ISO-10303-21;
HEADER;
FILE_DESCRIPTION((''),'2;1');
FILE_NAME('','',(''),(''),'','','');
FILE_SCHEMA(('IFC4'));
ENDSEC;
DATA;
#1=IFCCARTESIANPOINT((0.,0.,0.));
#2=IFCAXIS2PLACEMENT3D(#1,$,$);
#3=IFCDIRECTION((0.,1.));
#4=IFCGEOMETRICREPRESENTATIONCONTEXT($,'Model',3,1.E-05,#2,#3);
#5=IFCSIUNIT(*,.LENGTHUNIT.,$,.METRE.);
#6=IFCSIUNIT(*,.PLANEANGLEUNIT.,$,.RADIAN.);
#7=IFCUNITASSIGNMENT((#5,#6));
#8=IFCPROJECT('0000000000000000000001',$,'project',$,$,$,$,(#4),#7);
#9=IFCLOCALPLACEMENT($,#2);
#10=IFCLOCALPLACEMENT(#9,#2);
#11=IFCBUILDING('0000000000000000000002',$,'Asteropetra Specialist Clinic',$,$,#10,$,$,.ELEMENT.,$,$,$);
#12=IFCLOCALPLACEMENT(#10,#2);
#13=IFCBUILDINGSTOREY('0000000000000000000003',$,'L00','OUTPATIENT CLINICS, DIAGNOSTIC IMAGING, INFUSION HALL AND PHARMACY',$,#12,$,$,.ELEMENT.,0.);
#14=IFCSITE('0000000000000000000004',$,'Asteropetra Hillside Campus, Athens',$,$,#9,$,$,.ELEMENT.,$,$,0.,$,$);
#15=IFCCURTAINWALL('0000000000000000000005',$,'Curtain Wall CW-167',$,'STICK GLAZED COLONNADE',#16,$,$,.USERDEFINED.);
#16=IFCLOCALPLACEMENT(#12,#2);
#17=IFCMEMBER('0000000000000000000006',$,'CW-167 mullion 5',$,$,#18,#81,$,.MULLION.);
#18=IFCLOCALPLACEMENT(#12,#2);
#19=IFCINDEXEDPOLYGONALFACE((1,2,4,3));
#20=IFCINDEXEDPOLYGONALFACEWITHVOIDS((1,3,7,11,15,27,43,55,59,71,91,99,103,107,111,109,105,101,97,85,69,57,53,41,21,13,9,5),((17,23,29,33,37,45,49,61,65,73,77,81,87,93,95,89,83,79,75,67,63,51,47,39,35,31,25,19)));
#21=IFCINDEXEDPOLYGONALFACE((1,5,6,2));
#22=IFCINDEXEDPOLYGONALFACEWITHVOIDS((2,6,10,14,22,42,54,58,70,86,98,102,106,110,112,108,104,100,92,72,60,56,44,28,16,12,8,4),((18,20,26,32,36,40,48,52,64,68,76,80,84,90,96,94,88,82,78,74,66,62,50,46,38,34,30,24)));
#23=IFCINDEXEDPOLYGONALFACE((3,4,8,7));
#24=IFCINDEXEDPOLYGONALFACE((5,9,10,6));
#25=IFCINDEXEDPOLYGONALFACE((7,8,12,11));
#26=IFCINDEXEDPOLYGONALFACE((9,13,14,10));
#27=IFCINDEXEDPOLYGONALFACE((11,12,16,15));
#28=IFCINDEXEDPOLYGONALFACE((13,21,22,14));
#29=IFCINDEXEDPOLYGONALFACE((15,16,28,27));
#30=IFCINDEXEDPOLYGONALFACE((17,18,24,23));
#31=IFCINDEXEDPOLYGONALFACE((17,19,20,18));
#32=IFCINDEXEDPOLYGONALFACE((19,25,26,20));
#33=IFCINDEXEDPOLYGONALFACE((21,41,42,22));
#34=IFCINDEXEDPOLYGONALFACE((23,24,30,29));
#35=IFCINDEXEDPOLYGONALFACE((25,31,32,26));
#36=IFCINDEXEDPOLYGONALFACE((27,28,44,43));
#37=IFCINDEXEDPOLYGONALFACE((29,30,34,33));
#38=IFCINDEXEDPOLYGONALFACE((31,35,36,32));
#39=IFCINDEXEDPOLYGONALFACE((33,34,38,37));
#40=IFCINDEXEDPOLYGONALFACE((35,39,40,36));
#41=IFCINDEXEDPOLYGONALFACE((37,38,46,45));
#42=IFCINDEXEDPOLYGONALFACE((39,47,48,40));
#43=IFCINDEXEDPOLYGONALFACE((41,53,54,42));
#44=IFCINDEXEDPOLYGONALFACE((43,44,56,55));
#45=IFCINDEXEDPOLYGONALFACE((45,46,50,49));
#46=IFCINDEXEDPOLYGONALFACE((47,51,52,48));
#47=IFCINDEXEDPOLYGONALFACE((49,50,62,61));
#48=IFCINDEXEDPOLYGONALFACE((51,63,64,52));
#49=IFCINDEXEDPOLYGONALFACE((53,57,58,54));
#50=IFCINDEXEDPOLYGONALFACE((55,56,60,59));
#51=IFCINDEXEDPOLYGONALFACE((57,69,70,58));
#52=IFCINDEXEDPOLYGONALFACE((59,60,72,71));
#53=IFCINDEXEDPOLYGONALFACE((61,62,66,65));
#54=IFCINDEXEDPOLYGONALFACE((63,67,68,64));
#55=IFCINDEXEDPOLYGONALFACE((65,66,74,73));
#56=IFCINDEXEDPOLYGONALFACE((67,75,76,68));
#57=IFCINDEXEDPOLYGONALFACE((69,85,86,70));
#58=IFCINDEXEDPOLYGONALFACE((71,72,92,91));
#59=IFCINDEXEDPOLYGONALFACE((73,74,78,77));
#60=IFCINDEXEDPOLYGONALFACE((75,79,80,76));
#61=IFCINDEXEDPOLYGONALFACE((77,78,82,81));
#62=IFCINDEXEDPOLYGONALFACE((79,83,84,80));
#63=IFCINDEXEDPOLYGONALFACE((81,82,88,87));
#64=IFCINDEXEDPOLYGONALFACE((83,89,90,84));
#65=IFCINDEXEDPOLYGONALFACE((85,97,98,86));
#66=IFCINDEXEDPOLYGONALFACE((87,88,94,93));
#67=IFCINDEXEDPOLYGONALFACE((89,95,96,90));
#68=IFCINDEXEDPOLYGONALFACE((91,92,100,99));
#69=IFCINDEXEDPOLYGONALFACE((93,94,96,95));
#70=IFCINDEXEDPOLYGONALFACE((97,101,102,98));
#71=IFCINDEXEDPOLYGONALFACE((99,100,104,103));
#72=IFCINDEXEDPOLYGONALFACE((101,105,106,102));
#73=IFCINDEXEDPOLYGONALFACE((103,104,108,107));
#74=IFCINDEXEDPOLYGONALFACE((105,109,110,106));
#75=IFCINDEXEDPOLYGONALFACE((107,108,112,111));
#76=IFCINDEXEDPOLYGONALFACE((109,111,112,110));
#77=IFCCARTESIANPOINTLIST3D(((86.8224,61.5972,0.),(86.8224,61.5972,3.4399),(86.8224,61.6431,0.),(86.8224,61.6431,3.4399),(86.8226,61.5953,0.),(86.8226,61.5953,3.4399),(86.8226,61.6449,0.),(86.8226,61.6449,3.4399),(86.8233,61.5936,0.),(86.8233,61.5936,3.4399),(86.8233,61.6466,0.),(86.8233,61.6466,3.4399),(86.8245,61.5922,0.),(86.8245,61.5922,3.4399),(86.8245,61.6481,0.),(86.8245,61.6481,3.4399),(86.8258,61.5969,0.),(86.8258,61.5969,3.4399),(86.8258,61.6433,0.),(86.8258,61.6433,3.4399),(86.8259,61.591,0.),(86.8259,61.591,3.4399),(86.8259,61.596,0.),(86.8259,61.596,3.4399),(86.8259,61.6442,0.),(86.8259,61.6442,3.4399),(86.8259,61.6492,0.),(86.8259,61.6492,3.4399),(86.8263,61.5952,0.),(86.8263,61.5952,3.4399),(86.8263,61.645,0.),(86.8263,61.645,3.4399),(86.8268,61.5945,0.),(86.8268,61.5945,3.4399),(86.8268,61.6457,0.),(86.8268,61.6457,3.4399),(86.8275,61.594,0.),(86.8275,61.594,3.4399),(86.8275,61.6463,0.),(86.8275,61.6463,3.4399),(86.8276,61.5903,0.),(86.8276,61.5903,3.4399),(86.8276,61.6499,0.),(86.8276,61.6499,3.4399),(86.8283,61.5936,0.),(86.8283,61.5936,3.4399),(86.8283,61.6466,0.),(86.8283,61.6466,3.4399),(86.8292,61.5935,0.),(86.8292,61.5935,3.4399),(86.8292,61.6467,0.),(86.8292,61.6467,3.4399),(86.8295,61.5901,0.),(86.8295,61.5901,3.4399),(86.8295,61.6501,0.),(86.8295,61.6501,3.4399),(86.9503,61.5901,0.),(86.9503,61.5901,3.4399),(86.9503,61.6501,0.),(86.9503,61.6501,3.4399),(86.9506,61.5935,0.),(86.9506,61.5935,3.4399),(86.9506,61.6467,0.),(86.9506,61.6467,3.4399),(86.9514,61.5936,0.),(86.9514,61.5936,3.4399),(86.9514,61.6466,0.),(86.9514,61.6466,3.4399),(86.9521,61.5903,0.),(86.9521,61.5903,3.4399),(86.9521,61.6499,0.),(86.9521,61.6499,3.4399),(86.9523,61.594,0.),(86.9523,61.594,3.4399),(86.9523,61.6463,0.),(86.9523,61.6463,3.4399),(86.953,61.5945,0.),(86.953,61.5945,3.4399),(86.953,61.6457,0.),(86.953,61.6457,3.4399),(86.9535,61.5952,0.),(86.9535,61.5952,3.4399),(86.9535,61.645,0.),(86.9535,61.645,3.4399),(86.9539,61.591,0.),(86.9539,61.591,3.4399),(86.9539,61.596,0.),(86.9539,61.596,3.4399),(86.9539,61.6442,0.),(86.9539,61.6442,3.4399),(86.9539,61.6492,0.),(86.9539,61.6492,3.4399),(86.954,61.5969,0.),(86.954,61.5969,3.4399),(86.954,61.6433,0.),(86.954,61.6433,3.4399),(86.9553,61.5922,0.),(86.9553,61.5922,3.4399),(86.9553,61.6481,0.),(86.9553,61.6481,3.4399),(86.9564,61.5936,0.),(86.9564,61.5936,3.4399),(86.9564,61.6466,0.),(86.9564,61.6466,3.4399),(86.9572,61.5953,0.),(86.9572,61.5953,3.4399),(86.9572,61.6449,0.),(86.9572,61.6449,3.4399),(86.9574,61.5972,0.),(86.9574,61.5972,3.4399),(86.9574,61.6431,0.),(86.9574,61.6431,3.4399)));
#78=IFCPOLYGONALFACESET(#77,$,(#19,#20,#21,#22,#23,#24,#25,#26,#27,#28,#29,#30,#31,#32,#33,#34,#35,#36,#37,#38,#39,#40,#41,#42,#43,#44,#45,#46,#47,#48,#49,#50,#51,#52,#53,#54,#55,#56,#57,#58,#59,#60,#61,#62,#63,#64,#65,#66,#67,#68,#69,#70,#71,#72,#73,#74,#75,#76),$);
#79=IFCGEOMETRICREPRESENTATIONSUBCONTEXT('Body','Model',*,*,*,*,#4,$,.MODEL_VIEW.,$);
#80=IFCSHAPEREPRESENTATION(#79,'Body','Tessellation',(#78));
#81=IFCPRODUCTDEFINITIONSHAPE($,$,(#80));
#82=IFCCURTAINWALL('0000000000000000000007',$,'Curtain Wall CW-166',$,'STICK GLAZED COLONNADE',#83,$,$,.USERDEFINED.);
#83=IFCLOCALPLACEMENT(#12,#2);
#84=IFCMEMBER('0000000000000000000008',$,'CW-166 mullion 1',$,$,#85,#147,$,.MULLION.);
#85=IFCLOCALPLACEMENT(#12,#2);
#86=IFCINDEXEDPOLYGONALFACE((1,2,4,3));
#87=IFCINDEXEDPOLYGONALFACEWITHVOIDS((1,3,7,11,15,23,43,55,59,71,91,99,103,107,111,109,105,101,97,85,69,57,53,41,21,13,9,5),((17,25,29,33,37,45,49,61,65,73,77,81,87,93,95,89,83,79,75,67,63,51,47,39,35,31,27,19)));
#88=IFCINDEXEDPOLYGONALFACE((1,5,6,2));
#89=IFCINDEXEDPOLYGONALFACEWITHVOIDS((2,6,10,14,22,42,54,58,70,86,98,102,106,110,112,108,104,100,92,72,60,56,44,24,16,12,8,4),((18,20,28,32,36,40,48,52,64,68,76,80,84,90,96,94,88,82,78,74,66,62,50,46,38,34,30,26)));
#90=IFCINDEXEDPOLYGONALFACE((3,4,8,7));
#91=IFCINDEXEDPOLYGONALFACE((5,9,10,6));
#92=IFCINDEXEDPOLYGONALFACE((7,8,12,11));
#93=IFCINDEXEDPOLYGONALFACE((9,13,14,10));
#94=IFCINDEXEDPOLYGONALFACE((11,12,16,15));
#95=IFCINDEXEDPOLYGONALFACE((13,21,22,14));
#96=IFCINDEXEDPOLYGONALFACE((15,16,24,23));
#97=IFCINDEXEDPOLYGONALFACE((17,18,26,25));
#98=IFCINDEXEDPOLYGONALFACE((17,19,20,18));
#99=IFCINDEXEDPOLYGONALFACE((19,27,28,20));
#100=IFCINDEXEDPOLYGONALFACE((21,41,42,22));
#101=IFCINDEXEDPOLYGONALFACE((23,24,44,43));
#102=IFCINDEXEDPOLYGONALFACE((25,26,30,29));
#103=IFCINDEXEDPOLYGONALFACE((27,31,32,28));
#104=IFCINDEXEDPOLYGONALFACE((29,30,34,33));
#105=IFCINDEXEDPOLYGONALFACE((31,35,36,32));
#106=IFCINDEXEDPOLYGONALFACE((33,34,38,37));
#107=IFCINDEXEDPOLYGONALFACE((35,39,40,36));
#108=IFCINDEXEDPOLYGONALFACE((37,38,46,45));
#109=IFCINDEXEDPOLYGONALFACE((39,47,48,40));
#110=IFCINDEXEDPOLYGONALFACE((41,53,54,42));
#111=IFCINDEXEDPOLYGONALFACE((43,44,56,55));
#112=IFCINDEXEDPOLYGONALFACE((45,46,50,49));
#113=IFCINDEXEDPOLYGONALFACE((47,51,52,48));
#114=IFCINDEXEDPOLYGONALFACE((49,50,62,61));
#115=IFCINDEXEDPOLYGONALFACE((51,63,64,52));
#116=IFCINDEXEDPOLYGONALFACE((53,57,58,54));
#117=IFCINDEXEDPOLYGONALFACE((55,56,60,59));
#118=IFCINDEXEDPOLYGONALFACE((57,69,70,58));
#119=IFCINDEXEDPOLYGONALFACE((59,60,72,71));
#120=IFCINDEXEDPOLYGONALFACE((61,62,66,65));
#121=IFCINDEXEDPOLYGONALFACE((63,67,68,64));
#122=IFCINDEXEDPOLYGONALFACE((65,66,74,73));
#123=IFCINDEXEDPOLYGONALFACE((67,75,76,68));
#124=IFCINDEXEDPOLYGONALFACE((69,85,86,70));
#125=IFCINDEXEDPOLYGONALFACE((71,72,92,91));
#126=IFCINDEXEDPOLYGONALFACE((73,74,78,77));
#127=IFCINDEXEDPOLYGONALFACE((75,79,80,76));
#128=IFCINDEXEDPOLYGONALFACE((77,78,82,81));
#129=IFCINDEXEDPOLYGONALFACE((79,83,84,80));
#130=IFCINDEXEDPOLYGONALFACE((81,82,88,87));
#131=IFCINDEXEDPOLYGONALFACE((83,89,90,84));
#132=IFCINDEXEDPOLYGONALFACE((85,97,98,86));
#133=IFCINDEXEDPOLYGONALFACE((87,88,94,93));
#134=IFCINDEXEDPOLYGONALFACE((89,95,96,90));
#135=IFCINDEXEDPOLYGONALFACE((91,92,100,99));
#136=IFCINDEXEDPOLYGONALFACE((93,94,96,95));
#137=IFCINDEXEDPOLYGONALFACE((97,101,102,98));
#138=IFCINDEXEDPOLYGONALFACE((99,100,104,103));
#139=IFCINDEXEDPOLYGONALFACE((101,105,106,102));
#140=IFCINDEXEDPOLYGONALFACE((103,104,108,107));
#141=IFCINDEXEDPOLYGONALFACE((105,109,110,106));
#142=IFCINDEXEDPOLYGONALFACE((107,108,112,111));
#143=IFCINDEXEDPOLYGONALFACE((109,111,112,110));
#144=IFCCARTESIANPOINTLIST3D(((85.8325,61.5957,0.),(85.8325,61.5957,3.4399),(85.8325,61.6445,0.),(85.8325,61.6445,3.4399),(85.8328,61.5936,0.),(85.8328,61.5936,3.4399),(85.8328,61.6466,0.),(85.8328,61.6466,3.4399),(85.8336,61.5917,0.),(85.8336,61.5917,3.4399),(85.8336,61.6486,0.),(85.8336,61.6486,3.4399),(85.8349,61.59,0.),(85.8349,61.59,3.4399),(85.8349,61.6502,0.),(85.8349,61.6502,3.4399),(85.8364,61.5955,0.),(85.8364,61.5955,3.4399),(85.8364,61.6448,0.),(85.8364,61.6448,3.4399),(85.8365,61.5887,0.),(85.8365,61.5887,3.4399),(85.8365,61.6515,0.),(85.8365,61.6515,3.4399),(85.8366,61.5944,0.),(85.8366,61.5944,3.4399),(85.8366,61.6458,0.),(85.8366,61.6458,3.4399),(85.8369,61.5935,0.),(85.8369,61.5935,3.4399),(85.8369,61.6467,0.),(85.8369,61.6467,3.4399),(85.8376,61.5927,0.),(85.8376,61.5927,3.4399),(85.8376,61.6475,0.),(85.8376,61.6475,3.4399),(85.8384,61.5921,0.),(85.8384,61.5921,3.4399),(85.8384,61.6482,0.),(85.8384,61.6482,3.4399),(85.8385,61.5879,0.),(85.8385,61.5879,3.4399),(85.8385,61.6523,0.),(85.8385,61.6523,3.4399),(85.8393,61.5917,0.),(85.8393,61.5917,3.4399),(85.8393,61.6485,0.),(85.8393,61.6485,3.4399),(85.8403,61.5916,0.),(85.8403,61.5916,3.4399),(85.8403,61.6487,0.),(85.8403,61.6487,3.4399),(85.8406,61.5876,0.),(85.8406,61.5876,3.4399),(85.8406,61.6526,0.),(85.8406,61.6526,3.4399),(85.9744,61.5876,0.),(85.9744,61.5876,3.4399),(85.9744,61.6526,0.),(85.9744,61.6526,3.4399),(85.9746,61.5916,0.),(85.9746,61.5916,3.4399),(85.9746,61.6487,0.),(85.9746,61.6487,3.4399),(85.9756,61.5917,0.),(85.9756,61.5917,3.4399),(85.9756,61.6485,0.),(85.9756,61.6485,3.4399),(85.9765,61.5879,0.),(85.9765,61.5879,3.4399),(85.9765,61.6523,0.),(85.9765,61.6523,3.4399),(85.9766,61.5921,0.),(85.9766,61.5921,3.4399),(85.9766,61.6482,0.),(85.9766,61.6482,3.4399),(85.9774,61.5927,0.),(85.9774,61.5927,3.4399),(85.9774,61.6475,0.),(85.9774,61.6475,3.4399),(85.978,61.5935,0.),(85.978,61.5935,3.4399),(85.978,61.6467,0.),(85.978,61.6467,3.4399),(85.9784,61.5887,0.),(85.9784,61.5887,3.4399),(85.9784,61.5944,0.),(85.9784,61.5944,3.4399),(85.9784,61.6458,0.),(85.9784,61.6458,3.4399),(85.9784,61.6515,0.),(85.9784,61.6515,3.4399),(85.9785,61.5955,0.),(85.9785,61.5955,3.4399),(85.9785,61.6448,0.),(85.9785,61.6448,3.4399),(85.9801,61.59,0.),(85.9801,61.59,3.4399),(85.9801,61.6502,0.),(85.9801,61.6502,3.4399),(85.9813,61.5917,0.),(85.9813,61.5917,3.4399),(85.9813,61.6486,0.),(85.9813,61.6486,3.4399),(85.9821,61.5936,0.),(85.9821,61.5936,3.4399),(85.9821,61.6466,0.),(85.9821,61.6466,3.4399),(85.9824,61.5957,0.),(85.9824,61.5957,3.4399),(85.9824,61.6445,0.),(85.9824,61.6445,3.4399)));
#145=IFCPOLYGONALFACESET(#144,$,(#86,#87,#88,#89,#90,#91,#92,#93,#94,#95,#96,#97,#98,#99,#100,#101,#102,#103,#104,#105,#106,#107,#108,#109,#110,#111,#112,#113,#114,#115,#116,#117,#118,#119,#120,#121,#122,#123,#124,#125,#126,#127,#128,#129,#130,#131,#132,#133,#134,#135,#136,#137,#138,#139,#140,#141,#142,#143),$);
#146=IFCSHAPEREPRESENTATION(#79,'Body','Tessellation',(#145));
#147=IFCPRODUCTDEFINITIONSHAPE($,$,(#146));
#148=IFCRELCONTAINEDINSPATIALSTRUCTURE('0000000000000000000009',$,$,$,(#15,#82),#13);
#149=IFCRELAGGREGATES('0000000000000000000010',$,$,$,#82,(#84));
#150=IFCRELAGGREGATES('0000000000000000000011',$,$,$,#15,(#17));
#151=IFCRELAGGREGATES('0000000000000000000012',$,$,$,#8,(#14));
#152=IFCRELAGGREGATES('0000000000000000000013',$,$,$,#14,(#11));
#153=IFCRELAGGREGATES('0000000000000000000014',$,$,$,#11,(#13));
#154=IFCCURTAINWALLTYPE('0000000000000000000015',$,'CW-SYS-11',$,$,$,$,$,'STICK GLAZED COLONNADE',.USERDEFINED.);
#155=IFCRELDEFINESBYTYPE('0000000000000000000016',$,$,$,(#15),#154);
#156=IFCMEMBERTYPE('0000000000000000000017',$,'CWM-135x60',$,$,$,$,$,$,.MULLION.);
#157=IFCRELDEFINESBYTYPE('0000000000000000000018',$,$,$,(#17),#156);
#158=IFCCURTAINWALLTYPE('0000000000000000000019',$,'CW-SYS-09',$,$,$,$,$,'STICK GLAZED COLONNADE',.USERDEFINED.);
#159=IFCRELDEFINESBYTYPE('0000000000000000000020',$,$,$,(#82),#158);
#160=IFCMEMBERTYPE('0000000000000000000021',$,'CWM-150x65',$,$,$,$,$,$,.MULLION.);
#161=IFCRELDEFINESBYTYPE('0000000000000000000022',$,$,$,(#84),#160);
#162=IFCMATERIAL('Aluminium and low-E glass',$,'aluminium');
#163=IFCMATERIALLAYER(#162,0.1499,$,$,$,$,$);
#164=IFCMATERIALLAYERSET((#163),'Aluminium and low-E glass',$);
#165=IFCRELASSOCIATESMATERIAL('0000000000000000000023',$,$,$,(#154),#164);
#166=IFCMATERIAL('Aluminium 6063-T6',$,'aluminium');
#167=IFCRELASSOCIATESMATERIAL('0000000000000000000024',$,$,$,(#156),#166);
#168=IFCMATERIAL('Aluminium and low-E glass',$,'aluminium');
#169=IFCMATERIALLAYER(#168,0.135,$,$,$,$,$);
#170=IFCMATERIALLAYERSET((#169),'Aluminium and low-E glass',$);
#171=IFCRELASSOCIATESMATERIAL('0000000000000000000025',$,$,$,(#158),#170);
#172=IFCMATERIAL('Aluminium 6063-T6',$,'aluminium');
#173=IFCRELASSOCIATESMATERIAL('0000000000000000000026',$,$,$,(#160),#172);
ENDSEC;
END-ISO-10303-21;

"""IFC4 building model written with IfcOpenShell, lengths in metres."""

from ifc_helpers import new_model, si_unit, direction, frame, origin, origin_2d, place, context, subcontext, project, spatial, hollow_rectangle, extrude, material, layer, layer_set, material_profile, profile_set, type_object, element, aggregate, save


model = new_model("IFC4")

# Units and contexts
model_context = context("Model", 3, precision=1e-05, world=origin(), true_north=direction((0.0, 1.0)))
body_context = subcontext(model_context, "Body", "Model", "MODEL_VIEW")
ifc_project = project(units=[si_unit("LENGTHUNIT", "METRE"), si_unit("PLANEANGLEUNIT", "RADIAN")], contexts=[model_context])

# Site, building, storey
site_placement = place(None, origin())
site = spatial("IfcSite", under=ifc_project, at=site_placement, Name="Asteropetra Hillside Campus, Athens", CompositionType="ELEMENT", RefElevation=0.0)
building_placement = place(site_placement, origin())
building = spatial("IfcBuilding", under=site, at=building_placement, Name="Asteropetra Specialist Clinic", CompositionType="ELEMENT")
storey_placement = place(building_placement, origin())
storey = spatial("IfcBuildingStorey", under=building, at=storey_placement, Name="L00", Description="OUTPATIENT CLINICS, DIAGNOSTIC IMAGING, INFUSION HALL AND PHARMACY", CompositionType="ELEMENT", Elevation=0.0)

# Curtain wall, member
ifc_material_1 = material(Name="Aluminium and low-E glass", Category="aluminium")
ifc_layer_1 = layer(ifc_material_1, 0.1499)
ifc_layer_set_1 = layer_set([ifc_layer_1], Name="Aluminium and low-E glass")
curtain_wall_type_1 = type_object("IfcCurtainWallType", Name="CW-SYS-11", ElementType="STICK GLAZED COLONNADE", PredefinedType="USERDEFINED", material=ifc_layer_set_1)
curtain_wall_1_placement = place(storey_placement, origin())
curtain_wall_1 = element("IfcCurtainWall", 1, at=curtain_wall_1_placement, inside=storey, type_object=curtain_wall_type_1, Name="Curtain Wall CW-167", ObjectType="STICK GLAZED COLONNADE", PredefinedType="USERDEFINED")
ifc_material_2 = material(Name="Aluminium 6063-T6", Category="aluminium")
ifc_material_profile_1 = material_profile(ifc_material_2, hollow_rectangle(XDim=0.0601, YDim=0.135, WallThickness=0.0034, InnerFilletRadius=0.0034, OuterFilletRadius=0.0071, at=origin_2d()), Name="MUL 135x60x3.5")
ifc_profile_set_1 = profile_set([ifc_material_profile_1], Name="Aluminium 6063-T6")
member_type_1 = type_object("IfcMemberType", Name="CWM-135x60", PredefinedType="MULLION", material=ifc_profile_set_1)
member_1_placement = place(storey_placement, frame((86.8899, 61.6201, 0.0), z_axis=(0.0, 0.0, 1.0), x_axis=(0.0, -1.0, 0.0)))
member_1 = element("IfcMember", 2, at=member_1_placement, type_object=member_type_1, Name="CW-167 mullion 5", PredefinedType="MULLION", context=body_context, shape_type="SweptSolid", body=[
    extrude(hollow_rectangle(XDim=0.0601, YDim=0.135, WallThickness=0.0034, InnerFilletRadius=0.0034, OuterFilletRadius=0.0071, at=origin_2d()), origin(), (0.0, 0.0, 1.0), 3.4399),
])

# Curtain wall, member
ifc_material_3 = material(Name="Aluminium and low-E glass", Category="aluminium")
ifc_layer_2 = layer(ifc_material_3, 0.135)
ifc_layer_set_2 = layer_set([ifc_layer_2], Name="Aluminium and low-E glass")
curtain_wall_type_2 = type_object("IfcCurtainWallType", Name="CW-SYS-09", ElementType="STICK GLAZED COLONNADE", PredefinedType="USERDEFINED", material=ifc_layer_set_2)
curtain_wall_2_placement = place(storey_placement, origin())
curtain_wall_2 = element("IfcCurtainWall", 3, at=curtain_wall_2_placement, inside=storey, type_object=curtain_wall_type_2, Name="Curtain Wall CW-166", ObjectType="STICK GLAZED COLONNADE", PredefinedType="USERDEFINED")
ifc_material_4 = material(Name="Aluminium 6063-T6", Category="aluminium")
ifc_material_profile_2 = material_profile(ifc_material_4, hollow_rectangle(XDim=0.0649, YDim=0.1499, WallThickness=0.0039, InnerFilletRadius=0.0039, OuterFilletRadius=0.0081, at=origin_2d()), Name="MUL 150x65x4.0")
ifc_profile_set_2 = profile_set([ifc_material_profile_2], Name="Aluminium 6063-T6")
member_type_2 = type_object("IfcMemberType", Name="CWM-150x65", PredefinedType="MULLION", material=ifc_profile_set_2)
member_2_placement = place(storey_placement, frame((85.9075, 61.6201, 0.0), z_axis=(0.0, 0.0, 1.0), x_axis=(0.0, -1.0, 0.0)))
member_2 = element("IfcMember", 4, at=member_2_placement, type_object=member_type_2, Name="CW-166 mullion 1", PredefinedType="MULLION", context=body_context, shape_type="SweptSolid", body=[
    extrude(hollow_rectangle(XDim=0.0649, YDim=0.1499, WallThickness=0.0039, InnerFilletRadius=0.0039, OuterFilletRadius=0.0081, at=origin_2d()), origin(), (0.0, 0.0, 1.0), 3.4399),
])
aggregate(curtain_wall_2, [member_2])

aggregate(curtain_wall_1, [member_1])

save(model, "model.ifc")
